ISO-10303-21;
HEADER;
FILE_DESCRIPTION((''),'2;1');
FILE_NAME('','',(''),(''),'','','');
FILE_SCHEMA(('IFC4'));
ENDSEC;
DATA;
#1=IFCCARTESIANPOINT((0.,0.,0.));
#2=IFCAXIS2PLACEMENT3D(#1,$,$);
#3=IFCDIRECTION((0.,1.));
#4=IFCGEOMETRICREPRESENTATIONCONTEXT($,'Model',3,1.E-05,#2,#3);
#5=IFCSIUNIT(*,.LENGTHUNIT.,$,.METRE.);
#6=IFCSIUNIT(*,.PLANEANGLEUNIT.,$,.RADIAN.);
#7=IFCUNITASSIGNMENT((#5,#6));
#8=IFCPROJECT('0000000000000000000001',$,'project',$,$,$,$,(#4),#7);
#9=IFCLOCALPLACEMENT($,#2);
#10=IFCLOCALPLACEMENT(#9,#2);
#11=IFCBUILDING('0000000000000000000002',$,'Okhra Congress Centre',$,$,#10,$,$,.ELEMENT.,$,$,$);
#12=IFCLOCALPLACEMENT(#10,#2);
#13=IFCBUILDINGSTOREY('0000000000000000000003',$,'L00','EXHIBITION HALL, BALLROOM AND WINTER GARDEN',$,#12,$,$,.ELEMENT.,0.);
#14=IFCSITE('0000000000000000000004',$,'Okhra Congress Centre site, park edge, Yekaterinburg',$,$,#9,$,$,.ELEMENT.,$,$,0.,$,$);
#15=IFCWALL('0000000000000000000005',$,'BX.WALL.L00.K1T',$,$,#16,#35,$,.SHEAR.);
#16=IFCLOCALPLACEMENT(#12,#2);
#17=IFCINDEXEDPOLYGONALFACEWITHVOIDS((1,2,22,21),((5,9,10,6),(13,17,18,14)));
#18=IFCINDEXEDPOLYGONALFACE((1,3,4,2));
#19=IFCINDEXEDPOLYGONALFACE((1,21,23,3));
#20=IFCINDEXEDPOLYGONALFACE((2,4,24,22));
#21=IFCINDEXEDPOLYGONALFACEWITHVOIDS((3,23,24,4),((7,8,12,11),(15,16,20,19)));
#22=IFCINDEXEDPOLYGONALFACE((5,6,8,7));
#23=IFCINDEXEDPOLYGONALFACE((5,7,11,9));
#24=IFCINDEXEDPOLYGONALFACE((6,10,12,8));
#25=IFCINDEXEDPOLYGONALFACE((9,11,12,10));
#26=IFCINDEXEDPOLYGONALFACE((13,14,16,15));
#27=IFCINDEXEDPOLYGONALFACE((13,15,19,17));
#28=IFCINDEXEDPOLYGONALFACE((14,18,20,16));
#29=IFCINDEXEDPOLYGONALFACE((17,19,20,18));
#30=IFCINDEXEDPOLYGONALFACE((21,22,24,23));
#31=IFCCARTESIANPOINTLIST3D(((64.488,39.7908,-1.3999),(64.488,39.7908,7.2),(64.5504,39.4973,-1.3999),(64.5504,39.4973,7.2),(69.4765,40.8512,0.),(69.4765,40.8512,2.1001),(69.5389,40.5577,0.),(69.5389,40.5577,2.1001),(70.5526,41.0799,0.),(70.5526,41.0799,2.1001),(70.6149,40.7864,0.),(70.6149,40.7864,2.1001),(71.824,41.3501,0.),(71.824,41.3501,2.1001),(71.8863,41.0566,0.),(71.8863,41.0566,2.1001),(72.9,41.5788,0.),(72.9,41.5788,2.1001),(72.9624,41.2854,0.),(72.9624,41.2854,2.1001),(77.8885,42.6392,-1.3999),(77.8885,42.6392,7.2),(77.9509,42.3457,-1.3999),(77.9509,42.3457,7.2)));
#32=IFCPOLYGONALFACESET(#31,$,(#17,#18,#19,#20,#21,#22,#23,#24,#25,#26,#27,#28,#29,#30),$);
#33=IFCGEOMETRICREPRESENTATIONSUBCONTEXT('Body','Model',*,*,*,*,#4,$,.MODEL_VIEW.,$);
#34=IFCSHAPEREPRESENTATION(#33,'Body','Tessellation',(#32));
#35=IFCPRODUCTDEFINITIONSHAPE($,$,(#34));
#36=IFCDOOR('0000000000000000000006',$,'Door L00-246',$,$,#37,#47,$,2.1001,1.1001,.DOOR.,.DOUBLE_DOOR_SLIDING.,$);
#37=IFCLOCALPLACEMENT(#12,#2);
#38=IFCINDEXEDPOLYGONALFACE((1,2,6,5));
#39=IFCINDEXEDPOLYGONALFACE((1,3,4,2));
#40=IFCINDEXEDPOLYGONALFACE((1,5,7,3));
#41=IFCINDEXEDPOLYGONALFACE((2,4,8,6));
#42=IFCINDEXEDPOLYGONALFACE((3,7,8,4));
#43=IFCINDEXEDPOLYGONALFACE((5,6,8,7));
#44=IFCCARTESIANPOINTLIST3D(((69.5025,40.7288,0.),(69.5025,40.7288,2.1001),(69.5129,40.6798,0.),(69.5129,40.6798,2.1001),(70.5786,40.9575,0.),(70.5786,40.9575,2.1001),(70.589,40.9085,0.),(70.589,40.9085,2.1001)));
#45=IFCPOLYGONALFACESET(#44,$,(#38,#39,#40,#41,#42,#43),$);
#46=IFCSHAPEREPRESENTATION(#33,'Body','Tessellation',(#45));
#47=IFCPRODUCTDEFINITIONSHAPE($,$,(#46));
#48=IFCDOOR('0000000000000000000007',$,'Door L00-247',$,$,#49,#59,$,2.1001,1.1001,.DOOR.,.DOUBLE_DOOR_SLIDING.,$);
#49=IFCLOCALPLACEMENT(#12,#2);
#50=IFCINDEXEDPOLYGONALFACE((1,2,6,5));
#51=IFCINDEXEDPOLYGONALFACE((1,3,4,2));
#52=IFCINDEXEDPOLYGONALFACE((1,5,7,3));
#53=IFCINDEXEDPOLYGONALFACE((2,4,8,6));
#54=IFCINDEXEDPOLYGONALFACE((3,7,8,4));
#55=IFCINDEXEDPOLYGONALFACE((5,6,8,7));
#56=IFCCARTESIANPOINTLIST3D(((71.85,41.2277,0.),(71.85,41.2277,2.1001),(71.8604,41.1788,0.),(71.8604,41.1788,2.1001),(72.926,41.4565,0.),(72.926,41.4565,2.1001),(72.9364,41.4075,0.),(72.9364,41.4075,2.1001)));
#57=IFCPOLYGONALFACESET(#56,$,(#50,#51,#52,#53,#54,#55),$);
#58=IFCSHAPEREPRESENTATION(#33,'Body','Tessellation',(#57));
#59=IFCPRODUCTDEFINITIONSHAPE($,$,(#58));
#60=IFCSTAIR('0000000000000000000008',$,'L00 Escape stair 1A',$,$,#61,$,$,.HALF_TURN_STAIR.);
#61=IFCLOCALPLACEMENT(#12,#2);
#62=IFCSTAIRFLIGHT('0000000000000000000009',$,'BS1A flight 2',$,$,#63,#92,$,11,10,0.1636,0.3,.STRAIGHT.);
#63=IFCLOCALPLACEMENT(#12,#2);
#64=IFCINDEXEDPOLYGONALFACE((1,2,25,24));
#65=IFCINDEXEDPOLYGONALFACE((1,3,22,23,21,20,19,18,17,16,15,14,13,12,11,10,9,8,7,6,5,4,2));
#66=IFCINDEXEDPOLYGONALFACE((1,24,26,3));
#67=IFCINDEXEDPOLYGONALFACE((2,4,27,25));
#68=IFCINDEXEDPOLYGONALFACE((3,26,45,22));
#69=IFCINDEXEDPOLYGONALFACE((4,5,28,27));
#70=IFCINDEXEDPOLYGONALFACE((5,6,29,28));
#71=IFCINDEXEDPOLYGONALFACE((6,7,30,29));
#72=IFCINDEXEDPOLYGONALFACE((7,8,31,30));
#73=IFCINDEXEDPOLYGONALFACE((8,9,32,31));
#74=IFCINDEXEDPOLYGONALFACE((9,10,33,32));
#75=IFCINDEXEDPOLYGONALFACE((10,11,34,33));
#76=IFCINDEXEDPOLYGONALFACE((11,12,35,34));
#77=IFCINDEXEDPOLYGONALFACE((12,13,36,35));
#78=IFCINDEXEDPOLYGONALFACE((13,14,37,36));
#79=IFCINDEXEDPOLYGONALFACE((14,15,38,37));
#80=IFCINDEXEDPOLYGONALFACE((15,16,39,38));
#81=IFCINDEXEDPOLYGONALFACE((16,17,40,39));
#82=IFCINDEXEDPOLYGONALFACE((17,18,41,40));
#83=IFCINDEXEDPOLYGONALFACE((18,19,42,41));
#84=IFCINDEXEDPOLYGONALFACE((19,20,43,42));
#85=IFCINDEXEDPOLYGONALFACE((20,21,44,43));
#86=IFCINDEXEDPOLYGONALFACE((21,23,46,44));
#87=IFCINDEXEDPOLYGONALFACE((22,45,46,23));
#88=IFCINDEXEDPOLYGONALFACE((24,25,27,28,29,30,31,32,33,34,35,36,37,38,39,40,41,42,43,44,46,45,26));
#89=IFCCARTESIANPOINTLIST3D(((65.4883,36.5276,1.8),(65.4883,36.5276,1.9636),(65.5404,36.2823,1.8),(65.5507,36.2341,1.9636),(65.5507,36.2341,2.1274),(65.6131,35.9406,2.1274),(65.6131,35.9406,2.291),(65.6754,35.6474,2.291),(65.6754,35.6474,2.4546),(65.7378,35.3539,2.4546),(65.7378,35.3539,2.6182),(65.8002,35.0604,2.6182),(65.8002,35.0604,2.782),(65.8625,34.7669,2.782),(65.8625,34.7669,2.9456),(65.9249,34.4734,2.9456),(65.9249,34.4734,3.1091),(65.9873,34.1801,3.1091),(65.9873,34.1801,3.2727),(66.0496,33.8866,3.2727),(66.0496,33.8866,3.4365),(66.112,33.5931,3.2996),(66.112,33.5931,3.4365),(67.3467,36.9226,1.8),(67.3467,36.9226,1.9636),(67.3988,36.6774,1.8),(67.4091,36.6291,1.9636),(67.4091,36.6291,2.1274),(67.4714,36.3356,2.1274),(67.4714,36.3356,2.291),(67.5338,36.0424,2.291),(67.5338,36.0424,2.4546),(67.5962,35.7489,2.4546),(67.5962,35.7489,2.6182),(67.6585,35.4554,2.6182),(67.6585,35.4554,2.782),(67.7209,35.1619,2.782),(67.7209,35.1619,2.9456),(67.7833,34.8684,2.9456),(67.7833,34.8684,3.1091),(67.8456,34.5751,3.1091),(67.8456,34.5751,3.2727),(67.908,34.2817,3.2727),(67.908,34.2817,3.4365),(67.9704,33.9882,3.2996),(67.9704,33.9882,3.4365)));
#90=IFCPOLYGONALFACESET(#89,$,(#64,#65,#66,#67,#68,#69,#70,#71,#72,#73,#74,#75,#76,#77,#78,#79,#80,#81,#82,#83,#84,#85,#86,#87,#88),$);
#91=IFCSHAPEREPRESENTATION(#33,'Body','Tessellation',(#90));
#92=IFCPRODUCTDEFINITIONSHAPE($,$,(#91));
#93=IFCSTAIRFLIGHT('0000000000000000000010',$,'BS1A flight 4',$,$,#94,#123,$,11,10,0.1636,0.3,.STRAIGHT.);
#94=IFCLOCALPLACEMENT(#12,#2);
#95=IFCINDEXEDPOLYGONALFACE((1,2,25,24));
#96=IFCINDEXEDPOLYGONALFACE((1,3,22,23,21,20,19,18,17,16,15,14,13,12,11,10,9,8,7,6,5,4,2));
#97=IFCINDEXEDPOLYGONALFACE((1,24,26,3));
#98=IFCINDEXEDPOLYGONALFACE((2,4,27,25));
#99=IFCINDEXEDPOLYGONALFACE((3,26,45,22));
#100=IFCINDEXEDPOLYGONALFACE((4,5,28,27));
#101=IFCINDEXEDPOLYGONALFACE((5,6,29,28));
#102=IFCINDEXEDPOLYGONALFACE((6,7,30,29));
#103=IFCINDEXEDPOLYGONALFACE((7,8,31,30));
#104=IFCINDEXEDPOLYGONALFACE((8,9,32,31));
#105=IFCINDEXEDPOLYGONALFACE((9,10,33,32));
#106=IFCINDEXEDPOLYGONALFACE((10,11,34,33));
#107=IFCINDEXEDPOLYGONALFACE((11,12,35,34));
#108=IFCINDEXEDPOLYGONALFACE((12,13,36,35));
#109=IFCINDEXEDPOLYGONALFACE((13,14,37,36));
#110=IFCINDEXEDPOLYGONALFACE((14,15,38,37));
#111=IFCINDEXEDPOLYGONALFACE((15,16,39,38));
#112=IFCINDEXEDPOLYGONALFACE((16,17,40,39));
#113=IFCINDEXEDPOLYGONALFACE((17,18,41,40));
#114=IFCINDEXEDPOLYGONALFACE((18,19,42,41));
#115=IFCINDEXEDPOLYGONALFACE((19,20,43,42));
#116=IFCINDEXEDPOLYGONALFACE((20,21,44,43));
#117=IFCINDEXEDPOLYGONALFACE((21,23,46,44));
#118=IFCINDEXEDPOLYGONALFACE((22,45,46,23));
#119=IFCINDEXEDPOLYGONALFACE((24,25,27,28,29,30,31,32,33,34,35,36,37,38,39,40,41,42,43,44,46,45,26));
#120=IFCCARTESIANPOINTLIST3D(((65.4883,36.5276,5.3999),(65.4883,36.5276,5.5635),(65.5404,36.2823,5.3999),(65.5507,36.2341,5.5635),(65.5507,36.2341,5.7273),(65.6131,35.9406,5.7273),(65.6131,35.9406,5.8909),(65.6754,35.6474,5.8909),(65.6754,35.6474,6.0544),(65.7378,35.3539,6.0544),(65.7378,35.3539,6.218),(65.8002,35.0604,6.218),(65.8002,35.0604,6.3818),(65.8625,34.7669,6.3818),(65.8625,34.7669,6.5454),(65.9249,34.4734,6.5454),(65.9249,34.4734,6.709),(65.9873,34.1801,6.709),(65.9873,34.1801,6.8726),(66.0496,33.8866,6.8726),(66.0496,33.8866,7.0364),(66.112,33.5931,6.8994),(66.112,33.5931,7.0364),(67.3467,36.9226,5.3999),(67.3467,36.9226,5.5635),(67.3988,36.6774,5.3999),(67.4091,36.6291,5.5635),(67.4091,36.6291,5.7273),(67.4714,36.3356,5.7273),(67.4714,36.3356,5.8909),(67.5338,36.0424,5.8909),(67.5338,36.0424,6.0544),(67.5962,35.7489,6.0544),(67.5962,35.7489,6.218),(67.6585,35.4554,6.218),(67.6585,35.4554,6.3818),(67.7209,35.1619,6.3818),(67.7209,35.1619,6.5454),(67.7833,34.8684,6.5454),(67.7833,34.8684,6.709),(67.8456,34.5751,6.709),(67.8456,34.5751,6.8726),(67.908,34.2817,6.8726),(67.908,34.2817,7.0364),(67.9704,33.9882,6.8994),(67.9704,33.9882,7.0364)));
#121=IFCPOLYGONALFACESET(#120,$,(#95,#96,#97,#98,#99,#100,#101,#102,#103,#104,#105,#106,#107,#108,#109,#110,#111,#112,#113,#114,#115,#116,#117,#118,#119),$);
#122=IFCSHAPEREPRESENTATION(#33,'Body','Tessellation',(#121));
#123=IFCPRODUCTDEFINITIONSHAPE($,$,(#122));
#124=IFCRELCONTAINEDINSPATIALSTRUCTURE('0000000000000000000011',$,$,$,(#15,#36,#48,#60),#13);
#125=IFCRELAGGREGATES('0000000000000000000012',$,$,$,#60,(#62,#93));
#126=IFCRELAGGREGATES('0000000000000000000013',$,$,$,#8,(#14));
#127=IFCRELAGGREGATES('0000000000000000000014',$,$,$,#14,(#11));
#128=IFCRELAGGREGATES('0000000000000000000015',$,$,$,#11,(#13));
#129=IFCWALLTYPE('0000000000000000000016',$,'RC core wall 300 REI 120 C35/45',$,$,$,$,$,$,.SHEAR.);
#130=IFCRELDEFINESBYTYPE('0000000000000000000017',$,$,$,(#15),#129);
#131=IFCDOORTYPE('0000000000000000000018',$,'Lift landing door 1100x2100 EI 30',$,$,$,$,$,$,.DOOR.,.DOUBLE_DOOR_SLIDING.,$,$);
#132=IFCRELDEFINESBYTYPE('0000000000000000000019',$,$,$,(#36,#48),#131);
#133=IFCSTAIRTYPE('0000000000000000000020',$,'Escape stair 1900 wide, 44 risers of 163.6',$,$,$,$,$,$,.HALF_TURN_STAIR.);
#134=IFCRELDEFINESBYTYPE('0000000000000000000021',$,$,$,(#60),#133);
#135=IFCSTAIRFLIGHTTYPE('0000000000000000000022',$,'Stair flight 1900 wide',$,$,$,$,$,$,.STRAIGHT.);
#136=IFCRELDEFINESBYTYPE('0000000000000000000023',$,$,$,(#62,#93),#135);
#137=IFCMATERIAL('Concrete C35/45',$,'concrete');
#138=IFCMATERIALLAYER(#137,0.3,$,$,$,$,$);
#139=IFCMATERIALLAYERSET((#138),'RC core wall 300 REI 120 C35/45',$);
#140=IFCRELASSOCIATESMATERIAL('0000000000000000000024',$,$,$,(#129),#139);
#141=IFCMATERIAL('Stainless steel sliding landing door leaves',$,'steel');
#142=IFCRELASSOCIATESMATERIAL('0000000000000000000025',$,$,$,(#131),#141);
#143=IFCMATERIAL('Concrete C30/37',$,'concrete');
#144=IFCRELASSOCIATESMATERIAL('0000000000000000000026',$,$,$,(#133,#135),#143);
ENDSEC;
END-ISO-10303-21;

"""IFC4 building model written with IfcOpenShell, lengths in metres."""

from ifc_helpers import new_model, si_unit, direction, frame, frame_2d, origin, place, context, subcontext, project, spatial, polyline, rectangle, outline, extrude, material, layer, layer_set, type_object, element, fill, aggregate, save


model = new_model("IFC4")

# Units and contexts
model_context = context("Model", 3, precision=1e-05, world=origin(), true_north=direction((0.0, 1.0)))
body_context = subcontext(model_context, "Body", "Model", "MODEL_VIEW")
ifc_project = project(units=[si_unit("LENGTHUNIT", "METRE"), si_unit("PLANEANGLEUNIT", "RADIAN")], contexts=[model_context])

# Site, building, storey
site_placement = place(None, origin())
site = spatial("IfcSite", under=ifc_project, at=site_placement, Name="Okhra Congress Centre site, park edge, Yekaterinburg", CompositionType="ELEMENT", RefElevation=0.0)
building_placement = place(site_placement, origin())
building = spatial("IfcBuilding", under=site, at=building_placement, Name="Okhra Congress Centre", CompositionType="ELEMENT")
storey_placement = place(building_placement, origin())
storey = spatial("IfcBuildingStorey", under=building, at=storey_placement, Name="L00", Description="EXHIBITION HALL, BALLROOM AND WINTER GARDEN", CompositionType="ELEMENT", Elevation=0.0)

# Shared definitions
ifc_material_1 = material(Name="Concrete C30/37", Category="concrete")

# Wall, openings, doors
ifc_material_2 = material(Name="Concrete C35/45", Category="concrete")
ifc_layer_1 = layer(ifc_material_2, 0.3)
ifc_layer_set_1 = layer_set([ifc_layer_1], Name="RC core wall 300 REI 120 C35/45")
wall_type = type_object("IfcWallType", Name="RC core wall 300 REI 120 C35/45", PredefinedType="SHEAR", material=ifc_layer_set_1)
wall_placement = place(storey_placement, frame((64.519, 39.644, -1.3999), z_axis=(0.0, 0.0, 1.0), x_axis=(0.978148, 0.207911, 0.0)))
wall = element("IfcWall", 1, at=wall_placement, inside=storey, type_object=wall_type, Name="BX.WALL.L00.K1T", PredefinedType="SHEAR", context=body_context, shape_type="SweptSolid", body=[
    extrude(rectangle(XDim=13.7, YDim=0.3, at=frame_2d((6.8501, 0.0))), origin(), (0.0, 0.0, 1.0), 8.5999),
])
opening_1_placement = place(wall_placement, frame((5.1001, 0.0, 1.3999)))
opening_1 = element("IfcOpeningElement", 2, at=opening_1_placement, cuts=wall, PredefinedType="OPENING", context=body_context, shape_type="SweptSolid", body=[
    extrude(rectangle(XDim=1.1001, YDim=2.1001, at=frame_2d((0.55, 1.05))), frame((0.0, 0.1599, 0.0), z_axis=(0.0, -1.0, 0.0), x_axis=(1.0, 0.0, 0.0)), (0.0, 0.0, 1.0), 0.3201),
])
opening_2_placement = place(wall_placement, frame((7.5, 0.0, 1.3999)))
opening_2 = element("IfcOpeningElement", 3, at=opening_2_placement, cuts=wall, PredefinedType="OPENING", context=body_context, shape_type="SweptSolid", body=[
    extrude(rectangle(XDim=1.1001, YDim=2.1001, at=frame_2d((0.55, 1.05))), frame((0.0, 0.1599, 0.0), z_axis=(0.0, -1.0, 0.0), x_axis=(1.0, 0.0, 0.0)), (0.0, 0.0, 1.0), 0.3201),
])
ifc_material_3 = material(Name="Stainless steel sliding landing door leaves", Category="steel")
door_type = type_object("IfcDoorType", Name="Lift landing door 1100x2100 EI 30", OperationType="DOUBLE_DOOR_SLIDING", PredefinedType="DOOR", material=ifc_material_3)
door_1_placement = place(opening_1_placement, origin())
door_1 = element("IfcDoor", 4, at=door_1_placement, inside=storey, type_object=door_type, Name="Door L00-246", OperationType="DOUBLE_DOOR_SLIDING", OverallHeight=2.1001, OverallWidth=1.1001, PredefinedType="DOOR", context=body_context, shape_type="SweptSolid", body=[
    extrude(rectangle(XDim=1.1001, YDim=2.1001, at=frame_2d((0.55, 1.05))), frame((0.0, 0.0249, 0.0), z_axis=(0.0, -1.0, 0.0), x_axis=(1.0, 0.0, 0.0)), (0.0, 0.0, 1.0), 0.05),
])
fill(opening_1, door_1)
door_2_placement = place(opening_2_placement, origin())
door_2 = element("IfcDoor", 5, at=door_2_placement, inside=storey, type_object=door_type, Name="Door L00-247", OperationType="DOUBLE_DOOR_SLIDING", OverallHeight=2.1001, OverallWidth=1.1001, PredefinedType="DOOR", context=body_context, shape_type="SweptSolid", body=[
    extrude(rectangle(XDim=1.1001, YDim=2.1001, at=frame_2d((0.55, 1.05))), frame((0.0, 0.0249, 0.0), z_axis=(0.0, -1.0, 0.0), x_axis=(1.0, 0.0, 0.0)), (0.0, 0.0, 1.0), 0.05),
])
fill(opening_2, door_2)

# Stair, stair flights
stair_type = type_object("IfcStairType", Name="Escape stair 1900 wide, 44 risers of 163.6", PredefinedType="HALF_TURN_STAIR", material=ifc_material_1)
stair_placement = place(storey_placement, origin())
stair = element("IfcStair", 6, at=stair_placement, inside=storey, type_object=stair_type, Name="L00 Escape stair 1A", PredefinedType="HALF_TURN_STAIR")
stair_flight_type = type_object("IfcStairFlightType", Name="Stair flight 1900 wide", PredefinedType="STRAIGHT", material=ifc_material_1)
stair_flight_1_placement = place(storey_placement, frame((66.4175, 36.7251, 1.8), z_axis=(0.0, 0.0, 1.0), x_axis=(0.207912, -0.978148, 0.0)))
stair_flight_1 = element("IfcStairFlight", 7, at=stair_flight_1_placement, type_object=stair_flight_type, Name="BS1A flight 2", NumberOfRisers=11, NumberOfTreads=10, PredefinedType="STRAIGHT", RiserHeight=0.1636, TreadLength=0.3, context=body_context, shape_type="SweptSolid", body=[
    extrude(outline(polyline([(0.0, 0.0), (0.0, 0.1636), (0.3, 0.1636), (0.3, 0.3274), (0.6001, 0.3274), (0.6001, 0.491), (0.8999, 0.491), (0.8999, 0.6545), (1.2, 0.6545), (1.2, 0.8181), (1.5, 0.8181), (1.5, 0.9819), (1.8, 0.9819), (1.8, 1.1455), (2.1001, 1.1455), (2.1001, 1.3091), (2.3999, 1.3091), (2.3999, 1.4727), (2.7, 1.4727), (2.7, 1.6365), (3.0, 1.6365), (3.0, 1.8), (3.0, 1.4995), (0.2507, 0.0), (0.0, 0.0)])), frame((0.0, 0.95, 0.0), z_axis=(0.0, -1.0, 0.0), x_axis=(1.0, 0.0, 0.0)), (0.0, 0.0, 1.0), 1.8999),
])
stair_flight_2_placement = place(storey_placement, frame((66.4175, 36.7251, 5.3999), z_axis=(0.0, 0.0, 1.0), x_axis=(0.207912, -0.978148, 0.0)))
stair_flight_2 = element("IfcStairFlight", 8, at=stair_flight_2_placement, type_object=stair_flight_type, Name="BS1A flight 4", NumberOfRisers=11, NumberOfTreads=10, PredefinedType="STRAIGHT", RiserHeight=0.1636, TreadLength=0.3, context=body_context, shape_type="SweptSolid", body=[
    extrude(outline(polyline([(0.0, 0.0), (0.0, 0.1636), (0.3, 0.1636), (0.3, 0.3274), (0.6001, 0.3274), (0.6001, 0.491), (0.8999, 0.491), (0.8999, 0.6545), (1.2, 0.6545), (1.2, 0.8181), (1.5, 0.8181), (1.5, 0.9819), (1.8, 0.9819), (1.8, 1.1455), (2.1001, 1.1455), (2.1001, 1.3091), (2.3999, 1.3091), (2.3999, 1.4727), (2.7, 1.4727), (2.7, 1.6365), (3.0, 1.6365), (3.0, 1.8), (3.0, 1.4995), (0.2507, 0.0), (0.0, 0.0)])), frame((0.0, 0.95, 0.0), z_axis=(0.0, -1.0, 0.0), x_axis=(1.0, 0.0, 0.0)), (0.0, 0.0, 1.0), 1.8999),
])
aggregate(stair, [stair_flight_1, stair_flight_2])

save(model, "model.ifc")
